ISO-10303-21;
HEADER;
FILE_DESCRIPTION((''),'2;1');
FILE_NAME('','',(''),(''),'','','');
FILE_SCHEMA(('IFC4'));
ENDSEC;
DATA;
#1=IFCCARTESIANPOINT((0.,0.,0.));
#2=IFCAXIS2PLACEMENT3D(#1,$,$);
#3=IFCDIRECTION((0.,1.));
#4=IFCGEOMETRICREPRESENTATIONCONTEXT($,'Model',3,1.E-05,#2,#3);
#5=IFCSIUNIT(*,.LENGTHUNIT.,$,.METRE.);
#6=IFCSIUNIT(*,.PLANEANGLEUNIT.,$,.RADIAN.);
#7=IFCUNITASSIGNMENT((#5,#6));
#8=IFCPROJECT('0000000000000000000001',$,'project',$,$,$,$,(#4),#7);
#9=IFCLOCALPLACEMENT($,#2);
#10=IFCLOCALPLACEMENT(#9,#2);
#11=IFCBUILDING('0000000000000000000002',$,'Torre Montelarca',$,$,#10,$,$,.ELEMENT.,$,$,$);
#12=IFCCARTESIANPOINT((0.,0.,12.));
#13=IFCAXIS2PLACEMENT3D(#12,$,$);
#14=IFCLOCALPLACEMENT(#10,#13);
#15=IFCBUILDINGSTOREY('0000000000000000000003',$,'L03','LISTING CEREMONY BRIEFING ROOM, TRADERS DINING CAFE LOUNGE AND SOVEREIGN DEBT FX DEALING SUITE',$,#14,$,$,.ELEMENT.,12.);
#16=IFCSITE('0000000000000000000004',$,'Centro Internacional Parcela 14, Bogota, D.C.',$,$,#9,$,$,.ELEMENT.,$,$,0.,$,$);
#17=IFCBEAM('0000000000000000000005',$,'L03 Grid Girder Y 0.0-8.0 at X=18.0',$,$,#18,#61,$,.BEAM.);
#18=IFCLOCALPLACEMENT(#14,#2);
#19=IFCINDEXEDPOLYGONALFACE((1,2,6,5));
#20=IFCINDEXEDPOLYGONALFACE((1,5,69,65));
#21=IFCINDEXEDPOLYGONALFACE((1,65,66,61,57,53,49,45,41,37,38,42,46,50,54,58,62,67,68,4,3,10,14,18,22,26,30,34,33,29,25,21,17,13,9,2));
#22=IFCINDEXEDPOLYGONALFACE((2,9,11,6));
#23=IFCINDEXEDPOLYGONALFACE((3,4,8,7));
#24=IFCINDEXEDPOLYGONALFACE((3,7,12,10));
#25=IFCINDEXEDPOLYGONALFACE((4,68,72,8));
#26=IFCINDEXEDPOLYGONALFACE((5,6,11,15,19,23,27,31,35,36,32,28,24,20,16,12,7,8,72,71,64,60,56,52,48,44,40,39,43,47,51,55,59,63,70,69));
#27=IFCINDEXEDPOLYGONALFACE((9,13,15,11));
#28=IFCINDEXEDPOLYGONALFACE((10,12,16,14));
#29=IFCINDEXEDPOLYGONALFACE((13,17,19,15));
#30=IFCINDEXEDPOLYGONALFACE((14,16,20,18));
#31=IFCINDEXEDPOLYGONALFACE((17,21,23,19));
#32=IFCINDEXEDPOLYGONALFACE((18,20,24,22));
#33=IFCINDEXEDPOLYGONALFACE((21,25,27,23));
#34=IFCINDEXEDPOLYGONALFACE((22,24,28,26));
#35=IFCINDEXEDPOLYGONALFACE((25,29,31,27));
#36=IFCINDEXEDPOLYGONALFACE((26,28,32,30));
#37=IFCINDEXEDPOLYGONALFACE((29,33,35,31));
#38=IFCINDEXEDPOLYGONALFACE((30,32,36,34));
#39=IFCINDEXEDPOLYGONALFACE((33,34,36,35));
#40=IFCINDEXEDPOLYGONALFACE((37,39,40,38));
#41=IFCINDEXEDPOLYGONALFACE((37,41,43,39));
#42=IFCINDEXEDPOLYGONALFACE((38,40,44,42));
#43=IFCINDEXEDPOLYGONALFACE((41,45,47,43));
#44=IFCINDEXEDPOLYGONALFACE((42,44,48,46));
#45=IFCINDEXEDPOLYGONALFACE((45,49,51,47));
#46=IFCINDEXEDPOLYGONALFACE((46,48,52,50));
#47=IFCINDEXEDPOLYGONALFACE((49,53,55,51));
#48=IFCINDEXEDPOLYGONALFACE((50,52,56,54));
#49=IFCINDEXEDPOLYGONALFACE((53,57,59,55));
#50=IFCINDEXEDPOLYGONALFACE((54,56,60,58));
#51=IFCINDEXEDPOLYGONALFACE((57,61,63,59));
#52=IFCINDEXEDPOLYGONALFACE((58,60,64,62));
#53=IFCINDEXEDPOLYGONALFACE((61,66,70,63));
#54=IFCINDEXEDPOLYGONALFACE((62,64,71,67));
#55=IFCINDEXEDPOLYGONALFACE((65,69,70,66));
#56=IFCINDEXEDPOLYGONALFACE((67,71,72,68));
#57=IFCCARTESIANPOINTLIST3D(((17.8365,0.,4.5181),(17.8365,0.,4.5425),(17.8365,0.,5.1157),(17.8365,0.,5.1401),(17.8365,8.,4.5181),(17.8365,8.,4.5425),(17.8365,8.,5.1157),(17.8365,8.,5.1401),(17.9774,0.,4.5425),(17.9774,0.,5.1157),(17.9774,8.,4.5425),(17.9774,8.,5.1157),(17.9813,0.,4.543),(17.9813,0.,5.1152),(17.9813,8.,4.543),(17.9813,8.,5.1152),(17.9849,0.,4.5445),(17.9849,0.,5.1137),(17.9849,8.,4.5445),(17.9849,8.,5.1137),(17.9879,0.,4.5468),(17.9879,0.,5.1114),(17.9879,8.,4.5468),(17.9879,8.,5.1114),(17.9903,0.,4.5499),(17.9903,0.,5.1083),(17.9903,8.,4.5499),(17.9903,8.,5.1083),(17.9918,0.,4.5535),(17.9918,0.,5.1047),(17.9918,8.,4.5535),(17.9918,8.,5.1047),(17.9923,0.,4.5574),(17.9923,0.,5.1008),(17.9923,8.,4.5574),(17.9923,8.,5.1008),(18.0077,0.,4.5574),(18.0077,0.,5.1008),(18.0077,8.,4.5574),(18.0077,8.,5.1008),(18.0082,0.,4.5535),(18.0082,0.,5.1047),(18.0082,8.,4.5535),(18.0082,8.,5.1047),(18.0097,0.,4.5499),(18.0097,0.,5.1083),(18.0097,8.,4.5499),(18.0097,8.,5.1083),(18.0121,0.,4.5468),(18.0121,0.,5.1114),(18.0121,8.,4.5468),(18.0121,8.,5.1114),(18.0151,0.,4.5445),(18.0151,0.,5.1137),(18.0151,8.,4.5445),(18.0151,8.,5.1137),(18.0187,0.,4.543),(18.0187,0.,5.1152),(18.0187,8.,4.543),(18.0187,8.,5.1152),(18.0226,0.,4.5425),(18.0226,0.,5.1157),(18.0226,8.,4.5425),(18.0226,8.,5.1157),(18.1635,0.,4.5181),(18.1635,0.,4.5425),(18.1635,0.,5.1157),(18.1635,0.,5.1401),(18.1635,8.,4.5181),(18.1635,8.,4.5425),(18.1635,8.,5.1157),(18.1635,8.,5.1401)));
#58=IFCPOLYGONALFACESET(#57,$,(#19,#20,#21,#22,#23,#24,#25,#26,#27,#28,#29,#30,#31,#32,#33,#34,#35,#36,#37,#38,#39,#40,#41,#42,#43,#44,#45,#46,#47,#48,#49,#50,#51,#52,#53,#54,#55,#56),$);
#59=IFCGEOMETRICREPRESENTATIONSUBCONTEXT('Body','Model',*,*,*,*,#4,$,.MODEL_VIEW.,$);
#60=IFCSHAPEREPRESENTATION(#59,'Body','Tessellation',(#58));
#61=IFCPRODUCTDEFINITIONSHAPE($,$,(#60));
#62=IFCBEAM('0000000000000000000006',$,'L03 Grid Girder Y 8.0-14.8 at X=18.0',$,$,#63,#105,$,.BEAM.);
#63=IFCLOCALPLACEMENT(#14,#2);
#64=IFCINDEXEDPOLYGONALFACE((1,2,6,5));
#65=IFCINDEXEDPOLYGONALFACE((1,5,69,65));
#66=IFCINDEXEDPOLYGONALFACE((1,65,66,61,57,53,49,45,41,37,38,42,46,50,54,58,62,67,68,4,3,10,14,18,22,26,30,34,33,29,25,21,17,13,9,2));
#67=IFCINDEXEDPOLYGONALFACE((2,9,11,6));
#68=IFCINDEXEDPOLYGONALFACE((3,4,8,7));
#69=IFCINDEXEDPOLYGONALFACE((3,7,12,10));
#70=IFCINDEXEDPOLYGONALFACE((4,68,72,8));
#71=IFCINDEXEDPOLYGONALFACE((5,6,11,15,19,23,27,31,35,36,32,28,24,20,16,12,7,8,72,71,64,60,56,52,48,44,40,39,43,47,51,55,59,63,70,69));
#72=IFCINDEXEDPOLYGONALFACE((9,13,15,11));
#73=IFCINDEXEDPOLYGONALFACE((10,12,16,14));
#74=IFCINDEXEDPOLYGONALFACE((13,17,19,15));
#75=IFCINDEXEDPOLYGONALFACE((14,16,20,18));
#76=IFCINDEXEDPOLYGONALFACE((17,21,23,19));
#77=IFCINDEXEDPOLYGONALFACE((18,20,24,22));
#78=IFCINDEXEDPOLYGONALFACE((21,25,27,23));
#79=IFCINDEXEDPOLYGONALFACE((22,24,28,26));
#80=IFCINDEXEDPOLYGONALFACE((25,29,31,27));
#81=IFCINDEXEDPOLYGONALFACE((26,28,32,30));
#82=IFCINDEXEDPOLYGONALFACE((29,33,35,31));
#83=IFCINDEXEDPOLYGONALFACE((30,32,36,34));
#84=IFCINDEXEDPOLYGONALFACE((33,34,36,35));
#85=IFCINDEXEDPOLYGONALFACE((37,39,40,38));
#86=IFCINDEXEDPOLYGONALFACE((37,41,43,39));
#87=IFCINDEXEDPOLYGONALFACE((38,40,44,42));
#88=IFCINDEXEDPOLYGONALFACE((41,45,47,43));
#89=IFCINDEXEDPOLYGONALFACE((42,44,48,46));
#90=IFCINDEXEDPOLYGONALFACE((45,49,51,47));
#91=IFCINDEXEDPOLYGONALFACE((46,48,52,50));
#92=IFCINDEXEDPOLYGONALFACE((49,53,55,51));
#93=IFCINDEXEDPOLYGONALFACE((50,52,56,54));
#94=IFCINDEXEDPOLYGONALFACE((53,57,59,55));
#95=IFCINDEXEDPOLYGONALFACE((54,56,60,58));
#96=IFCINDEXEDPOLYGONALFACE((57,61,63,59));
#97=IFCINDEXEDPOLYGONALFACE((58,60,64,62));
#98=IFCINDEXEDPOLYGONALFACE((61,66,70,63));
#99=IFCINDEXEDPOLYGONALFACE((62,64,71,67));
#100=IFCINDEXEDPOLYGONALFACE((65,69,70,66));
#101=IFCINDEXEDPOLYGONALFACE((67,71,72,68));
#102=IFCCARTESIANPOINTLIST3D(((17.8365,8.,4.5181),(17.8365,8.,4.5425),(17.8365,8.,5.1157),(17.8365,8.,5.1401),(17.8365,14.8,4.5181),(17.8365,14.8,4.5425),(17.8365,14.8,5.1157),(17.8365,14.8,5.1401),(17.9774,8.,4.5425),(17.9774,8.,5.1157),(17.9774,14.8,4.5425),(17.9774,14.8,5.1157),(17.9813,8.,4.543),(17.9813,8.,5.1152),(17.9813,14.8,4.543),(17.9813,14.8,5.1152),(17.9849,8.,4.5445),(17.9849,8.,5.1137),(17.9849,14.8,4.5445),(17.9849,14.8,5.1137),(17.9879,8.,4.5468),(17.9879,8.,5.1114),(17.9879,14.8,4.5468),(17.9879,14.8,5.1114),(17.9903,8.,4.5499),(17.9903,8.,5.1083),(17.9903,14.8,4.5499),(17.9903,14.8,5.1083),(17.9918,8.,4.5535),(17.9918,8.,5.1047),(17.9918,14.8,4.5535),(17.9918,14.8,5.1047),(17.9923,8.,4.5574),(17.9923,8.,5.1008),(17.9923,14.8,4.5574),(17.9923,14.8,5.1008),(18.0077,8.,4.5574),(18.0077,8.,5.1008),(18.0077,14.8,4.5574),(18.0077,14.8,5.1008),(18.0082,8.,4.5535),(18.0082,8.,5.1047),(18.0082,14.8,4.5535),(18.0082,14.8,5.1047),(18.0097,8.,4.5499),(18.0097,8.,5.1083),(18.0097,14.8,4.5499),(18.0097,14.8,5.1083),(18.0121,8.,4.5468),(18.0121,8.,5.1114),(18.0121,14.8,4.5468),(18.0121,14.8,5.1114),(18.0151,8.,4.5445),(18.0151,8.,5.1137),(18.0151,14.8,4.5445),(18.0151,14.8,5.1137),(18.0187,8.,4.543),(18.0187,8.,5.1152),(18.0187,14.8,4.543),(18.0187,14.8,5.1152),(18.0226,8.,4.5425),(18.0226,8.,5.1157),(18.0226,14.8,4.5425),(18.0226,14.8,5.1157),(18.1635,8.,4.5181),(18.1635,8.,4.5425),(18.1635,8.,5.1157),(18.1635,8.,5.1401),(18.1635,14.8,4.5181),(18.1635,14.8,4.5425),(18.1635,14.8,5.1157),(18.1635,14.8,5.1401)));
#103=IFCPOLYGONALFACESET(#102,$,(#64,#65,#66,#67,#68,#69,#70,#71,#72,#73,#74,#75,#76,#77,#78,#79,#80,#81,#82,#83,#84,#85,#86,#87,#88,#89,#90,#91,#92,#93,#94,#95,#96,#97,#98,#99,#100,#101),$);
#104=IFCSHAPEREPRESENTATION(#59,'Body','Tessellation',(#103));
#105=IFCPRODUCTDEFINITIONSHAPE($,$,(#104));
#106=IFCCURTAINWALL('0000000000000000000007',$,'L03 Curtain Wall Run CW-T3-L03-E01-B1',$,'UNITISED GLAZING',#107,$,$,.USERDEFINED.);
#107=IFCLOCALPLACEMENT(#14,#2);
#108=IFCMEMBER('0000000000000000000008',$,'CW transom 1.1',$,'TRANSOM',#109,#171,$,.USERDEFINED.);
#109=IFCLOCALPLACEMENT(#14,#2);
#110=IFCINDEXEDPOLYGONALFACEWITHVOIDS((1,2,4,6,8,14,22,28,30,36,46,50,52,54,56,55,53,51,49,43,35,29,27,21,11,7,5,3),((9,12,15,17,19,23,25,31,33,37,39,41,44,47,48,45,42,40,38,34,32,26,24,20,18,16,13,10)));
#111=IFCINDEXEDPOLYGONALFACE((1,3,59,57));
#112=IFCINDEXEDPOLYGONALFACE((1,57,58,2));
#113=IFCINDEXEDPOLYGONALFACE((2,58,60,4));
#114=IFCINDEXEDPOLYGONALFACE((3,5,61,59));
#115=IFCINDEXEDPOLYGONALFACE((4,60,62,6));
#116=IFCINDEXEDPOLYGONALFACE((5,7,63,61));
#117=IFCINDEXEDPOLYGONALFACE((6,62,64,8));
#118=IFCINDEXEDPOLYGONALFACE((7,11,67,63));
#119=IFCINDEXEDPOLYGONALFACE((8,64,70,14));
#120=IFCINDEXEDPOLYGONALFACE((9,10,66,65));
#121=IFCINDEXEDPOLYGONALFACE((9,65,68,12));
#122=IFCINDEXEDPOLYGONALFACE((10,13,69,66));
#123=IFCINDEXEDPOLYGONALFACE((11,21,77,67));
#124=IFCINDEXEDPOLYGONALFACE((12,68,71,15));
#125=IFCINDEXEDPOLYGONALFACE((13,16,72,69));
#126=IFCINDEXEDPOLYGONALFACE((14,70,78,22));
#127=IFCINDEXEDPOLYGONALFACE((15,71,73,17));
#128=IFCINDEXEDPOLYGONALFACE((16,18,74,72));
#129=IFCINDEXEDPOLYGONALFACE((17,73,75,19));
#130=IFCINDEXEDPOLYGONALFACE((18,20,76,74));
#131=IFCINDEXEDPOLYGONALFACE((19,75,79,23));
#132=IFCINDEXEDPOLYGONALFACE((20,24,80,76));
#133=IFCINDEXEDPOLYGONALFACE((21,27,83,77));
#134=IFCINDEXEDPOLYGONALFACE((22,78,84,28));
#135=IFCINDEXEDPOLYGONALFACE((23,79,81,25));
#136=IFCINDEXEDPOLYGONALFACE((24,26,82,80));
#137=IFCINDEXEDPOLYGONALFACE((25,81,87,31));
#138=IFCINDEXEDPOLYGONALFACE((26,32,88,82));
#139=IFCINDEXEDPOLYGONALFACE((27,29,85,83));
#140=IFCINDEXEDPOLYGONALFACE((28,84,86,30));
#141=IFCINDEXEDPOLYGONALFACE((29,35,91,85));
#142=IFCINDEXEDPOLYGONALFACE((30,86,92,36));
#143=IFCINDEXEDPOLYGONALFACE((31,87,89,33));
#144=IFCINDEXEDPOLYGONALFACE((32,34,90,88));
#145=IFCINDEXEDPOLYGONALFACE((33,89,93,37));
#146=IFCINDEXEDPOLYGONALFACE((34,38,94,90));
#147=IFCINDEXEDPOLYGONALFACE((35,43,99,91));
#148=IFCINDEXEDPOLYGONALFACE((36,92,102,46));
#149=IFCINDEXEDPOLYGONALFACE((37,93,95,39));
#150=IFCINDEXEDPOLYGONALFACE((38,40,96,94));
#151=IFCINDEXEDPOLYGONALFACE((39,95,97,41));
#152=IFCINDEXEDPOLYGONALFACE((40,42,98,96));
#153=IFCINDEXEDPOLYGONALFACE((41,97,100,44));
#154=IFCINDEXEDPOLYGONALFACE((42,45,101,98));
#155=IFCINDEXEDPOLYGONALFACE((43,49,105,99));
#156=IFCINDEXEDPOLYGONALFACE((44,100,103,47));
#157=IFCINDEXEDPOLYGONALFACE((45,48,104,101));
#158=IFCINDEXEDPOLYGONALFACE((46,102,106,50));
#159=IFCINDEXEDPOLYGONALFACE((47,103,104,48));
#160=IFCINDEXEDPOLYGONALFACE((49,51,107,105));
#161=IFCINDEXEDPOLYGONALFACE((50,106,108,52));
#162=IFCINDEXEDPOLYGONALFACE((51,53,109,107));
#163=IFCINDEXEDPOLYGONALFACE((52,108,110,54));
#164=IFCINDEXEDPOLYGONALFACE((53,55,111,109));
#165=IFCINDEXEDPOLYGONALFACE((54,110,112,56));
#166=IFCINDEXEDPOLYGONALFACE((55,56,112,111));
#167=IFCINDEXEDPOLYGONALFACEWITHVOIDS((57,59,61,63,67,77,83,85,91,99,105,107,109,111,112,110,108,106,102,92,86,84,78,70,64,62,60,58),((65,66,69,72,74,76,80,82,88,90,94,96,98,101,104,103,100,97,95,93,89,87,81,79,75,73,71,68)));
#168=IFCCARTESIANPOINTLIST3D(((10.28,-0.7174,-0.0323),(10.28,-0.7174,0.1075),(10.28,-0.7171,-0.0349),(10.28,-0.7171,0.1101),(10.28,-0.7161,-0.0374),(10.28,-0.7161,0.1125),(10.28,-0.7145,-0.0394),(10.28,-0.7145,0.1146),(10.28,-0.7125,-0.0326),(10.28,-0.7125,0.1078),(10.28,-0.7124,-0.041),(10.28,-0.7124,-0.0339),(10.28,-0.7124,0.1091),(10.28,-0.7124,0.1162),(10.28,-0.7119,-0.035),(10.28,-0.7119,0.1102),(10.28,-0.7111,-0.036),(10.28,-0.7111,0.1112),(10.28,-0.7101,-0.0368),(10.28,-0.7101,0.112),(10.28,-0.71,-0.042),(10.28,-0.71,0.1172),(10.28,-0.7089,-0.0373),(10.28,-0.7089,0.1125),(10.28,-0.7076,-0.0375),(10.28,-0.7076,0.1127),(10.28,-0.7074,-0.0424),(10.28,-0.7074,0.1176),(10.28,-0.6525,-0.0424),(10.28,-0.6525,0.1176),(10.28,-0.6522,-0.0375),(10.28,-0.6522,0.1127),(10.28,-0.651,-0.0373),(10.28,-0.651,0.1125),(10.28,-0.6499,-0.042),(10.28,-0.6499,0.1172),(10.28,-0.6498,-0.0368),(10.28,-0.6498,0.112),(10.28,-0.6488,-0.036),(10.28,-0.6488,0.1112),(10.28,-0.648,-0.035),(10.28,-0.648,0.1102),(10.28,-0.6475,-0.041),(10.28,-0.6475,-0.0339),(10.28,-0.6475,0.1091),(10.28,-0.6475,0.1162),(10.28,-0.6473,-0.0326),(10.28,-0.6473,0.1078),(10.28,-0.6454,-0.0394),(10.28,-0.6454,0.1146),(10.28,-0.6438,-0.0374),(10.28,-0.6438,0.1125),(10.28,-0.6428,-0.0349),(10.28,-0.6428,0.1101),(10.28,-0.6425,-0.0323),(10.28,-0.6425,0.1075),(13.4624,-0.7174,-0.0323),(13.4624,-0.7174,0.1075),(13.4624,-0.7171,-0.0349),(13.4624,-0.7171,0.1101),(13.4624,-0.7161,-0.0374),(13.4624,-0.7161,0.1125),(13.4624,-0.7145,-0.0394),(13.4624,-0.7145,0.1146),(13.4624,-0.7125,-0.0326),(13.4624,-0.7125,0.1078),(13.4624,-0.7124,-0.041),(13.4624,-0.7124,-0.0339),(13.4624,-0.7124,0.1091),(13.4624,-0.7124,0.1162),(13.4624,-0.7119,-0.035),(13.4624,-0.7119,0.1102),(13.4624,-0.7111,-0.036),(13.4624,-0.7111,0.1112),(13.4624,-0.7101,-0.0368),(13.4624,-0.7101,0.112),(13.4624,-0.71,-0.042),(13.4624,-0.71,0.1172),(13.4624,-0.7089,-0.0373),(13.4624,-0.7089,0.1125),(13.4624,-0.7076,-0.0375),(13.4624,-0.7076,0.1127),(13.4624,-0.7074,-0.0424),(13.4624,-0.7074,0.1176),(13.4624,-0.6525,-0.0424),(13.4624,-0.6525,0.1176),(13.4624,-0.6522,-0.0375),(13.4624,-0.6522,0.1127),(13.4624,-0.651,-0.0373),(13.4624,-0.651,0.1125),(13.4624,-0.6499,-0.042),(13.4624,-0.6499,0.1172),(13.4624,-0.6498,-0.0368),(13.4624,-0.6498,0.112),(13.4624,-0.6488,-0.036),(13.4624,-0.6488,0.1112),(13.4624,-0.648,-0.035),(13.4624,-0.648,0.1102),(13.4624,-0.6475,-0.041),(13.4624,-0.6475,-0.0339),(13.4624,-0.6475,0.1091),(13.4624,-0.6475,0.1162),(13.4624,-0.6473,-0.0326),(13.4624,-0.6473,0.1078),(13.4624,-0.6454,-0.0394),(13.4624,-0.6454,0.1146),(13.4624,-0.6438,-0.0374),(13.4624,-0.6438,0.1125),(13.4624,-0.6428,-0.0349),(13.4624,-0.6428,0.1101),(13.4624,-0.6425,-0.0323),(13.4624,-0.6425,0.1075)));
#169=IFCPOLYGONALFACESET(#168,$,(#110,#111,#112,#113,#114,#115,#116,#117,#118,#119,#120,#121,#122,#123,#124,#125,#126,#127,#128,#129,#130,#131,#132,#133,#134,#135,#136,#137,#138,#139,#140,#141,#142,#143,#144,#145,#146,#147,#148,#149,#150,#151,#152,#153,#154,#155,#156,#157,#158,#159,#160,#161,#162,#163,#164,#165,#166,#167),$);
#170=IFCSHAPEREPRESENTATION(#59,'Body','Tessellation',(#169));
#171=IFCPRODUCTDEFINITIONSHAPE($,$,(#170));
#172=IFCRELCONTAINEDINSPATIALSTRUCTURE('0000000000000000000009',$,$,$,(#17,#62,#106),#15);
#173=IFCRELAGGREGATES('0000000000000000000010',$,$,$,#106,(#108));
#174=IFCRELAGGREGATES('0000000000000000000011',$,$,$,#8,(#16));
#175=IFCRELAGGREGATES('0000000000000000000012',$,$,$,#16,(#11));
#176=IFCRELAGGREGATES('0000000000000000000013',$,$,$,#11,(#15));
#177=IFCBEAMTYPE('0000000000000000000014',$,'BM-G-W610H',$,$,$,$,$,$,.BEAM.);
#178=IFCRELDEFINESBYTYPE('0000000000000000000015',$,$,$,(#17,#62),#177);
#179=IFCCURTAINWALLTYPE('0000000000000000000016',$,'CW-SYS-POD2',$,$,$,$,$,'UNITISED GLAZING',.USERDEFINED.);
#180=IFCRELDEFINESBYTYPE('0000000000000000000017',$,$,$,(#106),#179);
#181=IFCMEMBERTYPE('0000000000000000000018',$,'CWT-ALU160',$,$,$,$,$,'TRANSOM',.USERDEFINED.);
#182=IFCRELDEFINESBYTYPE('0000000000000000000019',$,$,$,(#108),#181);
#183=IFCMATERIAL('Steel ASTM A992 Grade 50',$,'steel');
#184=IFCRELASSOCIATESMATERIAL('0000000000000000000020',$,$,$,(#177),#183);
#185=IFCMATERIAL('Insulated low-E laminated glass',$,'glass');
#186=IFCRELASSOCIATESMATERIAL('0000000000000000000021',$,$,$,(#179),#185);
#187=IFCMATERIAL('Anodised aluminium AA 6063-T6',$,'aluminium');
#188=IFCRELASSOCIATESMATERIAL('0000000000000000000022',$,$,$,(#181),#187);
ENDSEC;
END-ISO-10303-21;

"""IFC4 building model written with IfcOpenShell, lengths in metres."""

from ifc_helpers import new_model, si_unit, direction, frame, origin, origin_2d, place, context, subcontext, project, spatial, hollow_rectangle, i_section, extrude, source, transform, mapped, material, material_profile, profile_set, type_object, element, aggregate, save


model = new_model("IFC4")

# Units and contexts
model_context = context("Model", 3, precision=1e-05, world=origin(), true_north=direction((0.0, 1.0)))
body_context = subcontext(model_context, "Body", "Model", "MODEL_VIEW")
ifc_project = project(units=[si_unit("LENGTHUNIT", "METRE"), si_unit("PLANEANGLEUNIT", "RADIAN")], contexts=[model_context])

# Site, building, storey
site_placement = place(None, origin())
site = spatial("IfcSite", under=ifc_project, at=site_placement, Name="Centro Internacional Parcela 14, Bogota, D.C.", CompositionType="ELEMENT", RefElevation=0.0)
building_placement = place(site_placement, origin())
building = spatial("IfcBuilding", under=site, at=building_placement, Name="Torre Montelarca", CompositionType="ELEMENT")
storey_placement = place(building_placement, frame((0.0, 0.0, 12.0)))
storey = spatial("IfcBuildingStorey", under=building, at=storey_placement, Name="L03", Description="LISTING CEREMONY BRIEFING ROOM, TRADERS DINING CAFE LOUNGE AND SOVEREIGN DEBT FX DEALING SUITE", CompositionType="ELEMENT", Elevation=12.0)

# Beams
ifc_material_1 = material(Name="Steel ASTM A992 Grade 50", Category="steel")
ifc_material_profile_1 = material_profile(ifc_material_1, i_section(OverallWidth=0.3269, OverallDepth=0.6221, WebThickness=0.0154, FlangeThickness=0.0244, FilletRadius=0.0149, at=origin_2d()), Name="W610X195", Category="steel")
ifc_profile_set_1 = profile_set([ifc_material_profile_1], Name="Steel ASTM A992 Grade 50")
beam_type_1 = type_object("IfcBeamType", Name="BM-G-W610H", PredefinedType="BEAM", material=ifc_profile_set_1)
shared_shape_1 = source(origin(), body_context, "Body", "SweptSolid", [
    extrude(i_section(OverallWidth=0.3269, OverallDepth=0.6221, WebThickness=0.0154, FlangeThickness=0.0244, FilletRadius=0.0149, at=origin_2d()), origin(), (0.0, 0.0, 1.0), 8.0),
])
beam_1_placement = place(storey_placement, frame((18.0, 0.0, 4.8291), z_axis=(0.0, 1.0, 0.0), x_axis=(-1.0, 0.0, 0.0)))
element("IfcBeam", 1, at=beam_1_placement, inside=storey, type_object=beam_type_1, Name="L03 Grid Girder Y 0.0-8.0 at X=18.0", PredefinedType="BEAM", context=body_context, shape_type="MappedRepresentation", body=[
    mapped(shared_shape_1, transform((0.0, 0.0, 0.0), scale=1.0)),
])
shared_shape_2 = source(origin(), body_context, "Body", "SweptSolid", [
    extrude(i_section(OverallWidth=0.3269, OverallDepth=0.6221, WebThickness=0.0154, FlangeThickness=0.0244, FilletRadius=0.0149, at=origin_2d()), origin(), (0.0, 0.0, 1.0), 6.8),
])
beam_2_placement = place(storey_placement, frame((18.0, 8.0, 4.8291), z_axis=(0.0, 1.0, 0.0), x_axis=(-1.0, 0.0, 0.0)))
element("IfcBeam", 2, at=beam_2_placement, inside=storey, type_object=beam_type_1, Name="L03 Grid Girder Y 8.0-14.8 at X=18.0", PredefinedType="BEAM", context=body_context, shape_type="MappedRepresentation", body=[
    mapped(shared_shape_2, transform((0.0, 0.0, 0.0), scale=1.0)),
])

# Curtain wall, member
ifc_material_2 = material(Name="Insulated low-E laminated glass", Category="glass")
curtain_wall_type = type_object("IfcCurtainWallType", Name="CW-SYS-POD2", ElementType="UNITISED GLAZING", PredefinedType="USERDEFINED", material=ifc_material_2)
curtain_wall_1_placement = place(storey_placement, origin())
curtain_wall_1 = element("IfcCurtainWall", 3, at=curtain_wall_1_placement, inside=storey, type_object=curtain_wall_type, Name="L03 Curtain Wall Run CW-T3-L03-E01-B1", ObjectType="UNITISED GLAZING", PredefinedType="USERDEFINED")
ifc_material_3 = material(Name="Anodised aluminium AA 6063-T6", Category="aluminium")
ifc_material_profile_2 = material_profile(ifc_material_3, hollow_rectangle(XDim=0.075, YDim=0.1599, WallThickness=0.0049, InnerFilletRadius=0.0049, OuterFilletRadius=0.01, at=origin_2d()), Name="ALU75X160X5", Category="aluminium")
ifc_profile_set_2 = profile_set([ifc_material_profile_2], Name="Anodised aluminium AA 6063-T6")
member_type_1 = type_object("IfcMemberType", Name="CWT-ALU160", ElementType="TRANSOM", PredefinedType="USERDEFINED", material=ifc_profile_set_2)
shared_shape_3 = source(origin(), body_context, "Body", "SweptSolid", [
    extrude(hollow_rectangle(XDim=0.075, YDim=0.1599, WallThickness=0.0049, InnerFilletRadius=0.0049, OuterFilletRadius=0.01, at=origin_2d()), origin(), (0.0, 0.0, 1.0), 3.1824),
])
member_1_placement = place(storey_placement, frame((10.28, -0.6799, 0.0376), z_axis=(1.0, 0.0, 0.0), x_axis=(0.0, 1.0, 0.0)))
member_1 = element("IfcMember", 4, at=member_1_placement, type_object=member_type_1, Name="CW transom 1.1", ObjectType="TRANSOM", PredefinedType="USERDEFINED", context=body_context, shape_type="MappedRepresentation", body=[
    mapped(shared_shape_3, transform((0.0, 0.0, 0.0), scale=1.0)),
])

aggregate(curtain_wall_1, [member_1])

save(model, "model.ifc")
